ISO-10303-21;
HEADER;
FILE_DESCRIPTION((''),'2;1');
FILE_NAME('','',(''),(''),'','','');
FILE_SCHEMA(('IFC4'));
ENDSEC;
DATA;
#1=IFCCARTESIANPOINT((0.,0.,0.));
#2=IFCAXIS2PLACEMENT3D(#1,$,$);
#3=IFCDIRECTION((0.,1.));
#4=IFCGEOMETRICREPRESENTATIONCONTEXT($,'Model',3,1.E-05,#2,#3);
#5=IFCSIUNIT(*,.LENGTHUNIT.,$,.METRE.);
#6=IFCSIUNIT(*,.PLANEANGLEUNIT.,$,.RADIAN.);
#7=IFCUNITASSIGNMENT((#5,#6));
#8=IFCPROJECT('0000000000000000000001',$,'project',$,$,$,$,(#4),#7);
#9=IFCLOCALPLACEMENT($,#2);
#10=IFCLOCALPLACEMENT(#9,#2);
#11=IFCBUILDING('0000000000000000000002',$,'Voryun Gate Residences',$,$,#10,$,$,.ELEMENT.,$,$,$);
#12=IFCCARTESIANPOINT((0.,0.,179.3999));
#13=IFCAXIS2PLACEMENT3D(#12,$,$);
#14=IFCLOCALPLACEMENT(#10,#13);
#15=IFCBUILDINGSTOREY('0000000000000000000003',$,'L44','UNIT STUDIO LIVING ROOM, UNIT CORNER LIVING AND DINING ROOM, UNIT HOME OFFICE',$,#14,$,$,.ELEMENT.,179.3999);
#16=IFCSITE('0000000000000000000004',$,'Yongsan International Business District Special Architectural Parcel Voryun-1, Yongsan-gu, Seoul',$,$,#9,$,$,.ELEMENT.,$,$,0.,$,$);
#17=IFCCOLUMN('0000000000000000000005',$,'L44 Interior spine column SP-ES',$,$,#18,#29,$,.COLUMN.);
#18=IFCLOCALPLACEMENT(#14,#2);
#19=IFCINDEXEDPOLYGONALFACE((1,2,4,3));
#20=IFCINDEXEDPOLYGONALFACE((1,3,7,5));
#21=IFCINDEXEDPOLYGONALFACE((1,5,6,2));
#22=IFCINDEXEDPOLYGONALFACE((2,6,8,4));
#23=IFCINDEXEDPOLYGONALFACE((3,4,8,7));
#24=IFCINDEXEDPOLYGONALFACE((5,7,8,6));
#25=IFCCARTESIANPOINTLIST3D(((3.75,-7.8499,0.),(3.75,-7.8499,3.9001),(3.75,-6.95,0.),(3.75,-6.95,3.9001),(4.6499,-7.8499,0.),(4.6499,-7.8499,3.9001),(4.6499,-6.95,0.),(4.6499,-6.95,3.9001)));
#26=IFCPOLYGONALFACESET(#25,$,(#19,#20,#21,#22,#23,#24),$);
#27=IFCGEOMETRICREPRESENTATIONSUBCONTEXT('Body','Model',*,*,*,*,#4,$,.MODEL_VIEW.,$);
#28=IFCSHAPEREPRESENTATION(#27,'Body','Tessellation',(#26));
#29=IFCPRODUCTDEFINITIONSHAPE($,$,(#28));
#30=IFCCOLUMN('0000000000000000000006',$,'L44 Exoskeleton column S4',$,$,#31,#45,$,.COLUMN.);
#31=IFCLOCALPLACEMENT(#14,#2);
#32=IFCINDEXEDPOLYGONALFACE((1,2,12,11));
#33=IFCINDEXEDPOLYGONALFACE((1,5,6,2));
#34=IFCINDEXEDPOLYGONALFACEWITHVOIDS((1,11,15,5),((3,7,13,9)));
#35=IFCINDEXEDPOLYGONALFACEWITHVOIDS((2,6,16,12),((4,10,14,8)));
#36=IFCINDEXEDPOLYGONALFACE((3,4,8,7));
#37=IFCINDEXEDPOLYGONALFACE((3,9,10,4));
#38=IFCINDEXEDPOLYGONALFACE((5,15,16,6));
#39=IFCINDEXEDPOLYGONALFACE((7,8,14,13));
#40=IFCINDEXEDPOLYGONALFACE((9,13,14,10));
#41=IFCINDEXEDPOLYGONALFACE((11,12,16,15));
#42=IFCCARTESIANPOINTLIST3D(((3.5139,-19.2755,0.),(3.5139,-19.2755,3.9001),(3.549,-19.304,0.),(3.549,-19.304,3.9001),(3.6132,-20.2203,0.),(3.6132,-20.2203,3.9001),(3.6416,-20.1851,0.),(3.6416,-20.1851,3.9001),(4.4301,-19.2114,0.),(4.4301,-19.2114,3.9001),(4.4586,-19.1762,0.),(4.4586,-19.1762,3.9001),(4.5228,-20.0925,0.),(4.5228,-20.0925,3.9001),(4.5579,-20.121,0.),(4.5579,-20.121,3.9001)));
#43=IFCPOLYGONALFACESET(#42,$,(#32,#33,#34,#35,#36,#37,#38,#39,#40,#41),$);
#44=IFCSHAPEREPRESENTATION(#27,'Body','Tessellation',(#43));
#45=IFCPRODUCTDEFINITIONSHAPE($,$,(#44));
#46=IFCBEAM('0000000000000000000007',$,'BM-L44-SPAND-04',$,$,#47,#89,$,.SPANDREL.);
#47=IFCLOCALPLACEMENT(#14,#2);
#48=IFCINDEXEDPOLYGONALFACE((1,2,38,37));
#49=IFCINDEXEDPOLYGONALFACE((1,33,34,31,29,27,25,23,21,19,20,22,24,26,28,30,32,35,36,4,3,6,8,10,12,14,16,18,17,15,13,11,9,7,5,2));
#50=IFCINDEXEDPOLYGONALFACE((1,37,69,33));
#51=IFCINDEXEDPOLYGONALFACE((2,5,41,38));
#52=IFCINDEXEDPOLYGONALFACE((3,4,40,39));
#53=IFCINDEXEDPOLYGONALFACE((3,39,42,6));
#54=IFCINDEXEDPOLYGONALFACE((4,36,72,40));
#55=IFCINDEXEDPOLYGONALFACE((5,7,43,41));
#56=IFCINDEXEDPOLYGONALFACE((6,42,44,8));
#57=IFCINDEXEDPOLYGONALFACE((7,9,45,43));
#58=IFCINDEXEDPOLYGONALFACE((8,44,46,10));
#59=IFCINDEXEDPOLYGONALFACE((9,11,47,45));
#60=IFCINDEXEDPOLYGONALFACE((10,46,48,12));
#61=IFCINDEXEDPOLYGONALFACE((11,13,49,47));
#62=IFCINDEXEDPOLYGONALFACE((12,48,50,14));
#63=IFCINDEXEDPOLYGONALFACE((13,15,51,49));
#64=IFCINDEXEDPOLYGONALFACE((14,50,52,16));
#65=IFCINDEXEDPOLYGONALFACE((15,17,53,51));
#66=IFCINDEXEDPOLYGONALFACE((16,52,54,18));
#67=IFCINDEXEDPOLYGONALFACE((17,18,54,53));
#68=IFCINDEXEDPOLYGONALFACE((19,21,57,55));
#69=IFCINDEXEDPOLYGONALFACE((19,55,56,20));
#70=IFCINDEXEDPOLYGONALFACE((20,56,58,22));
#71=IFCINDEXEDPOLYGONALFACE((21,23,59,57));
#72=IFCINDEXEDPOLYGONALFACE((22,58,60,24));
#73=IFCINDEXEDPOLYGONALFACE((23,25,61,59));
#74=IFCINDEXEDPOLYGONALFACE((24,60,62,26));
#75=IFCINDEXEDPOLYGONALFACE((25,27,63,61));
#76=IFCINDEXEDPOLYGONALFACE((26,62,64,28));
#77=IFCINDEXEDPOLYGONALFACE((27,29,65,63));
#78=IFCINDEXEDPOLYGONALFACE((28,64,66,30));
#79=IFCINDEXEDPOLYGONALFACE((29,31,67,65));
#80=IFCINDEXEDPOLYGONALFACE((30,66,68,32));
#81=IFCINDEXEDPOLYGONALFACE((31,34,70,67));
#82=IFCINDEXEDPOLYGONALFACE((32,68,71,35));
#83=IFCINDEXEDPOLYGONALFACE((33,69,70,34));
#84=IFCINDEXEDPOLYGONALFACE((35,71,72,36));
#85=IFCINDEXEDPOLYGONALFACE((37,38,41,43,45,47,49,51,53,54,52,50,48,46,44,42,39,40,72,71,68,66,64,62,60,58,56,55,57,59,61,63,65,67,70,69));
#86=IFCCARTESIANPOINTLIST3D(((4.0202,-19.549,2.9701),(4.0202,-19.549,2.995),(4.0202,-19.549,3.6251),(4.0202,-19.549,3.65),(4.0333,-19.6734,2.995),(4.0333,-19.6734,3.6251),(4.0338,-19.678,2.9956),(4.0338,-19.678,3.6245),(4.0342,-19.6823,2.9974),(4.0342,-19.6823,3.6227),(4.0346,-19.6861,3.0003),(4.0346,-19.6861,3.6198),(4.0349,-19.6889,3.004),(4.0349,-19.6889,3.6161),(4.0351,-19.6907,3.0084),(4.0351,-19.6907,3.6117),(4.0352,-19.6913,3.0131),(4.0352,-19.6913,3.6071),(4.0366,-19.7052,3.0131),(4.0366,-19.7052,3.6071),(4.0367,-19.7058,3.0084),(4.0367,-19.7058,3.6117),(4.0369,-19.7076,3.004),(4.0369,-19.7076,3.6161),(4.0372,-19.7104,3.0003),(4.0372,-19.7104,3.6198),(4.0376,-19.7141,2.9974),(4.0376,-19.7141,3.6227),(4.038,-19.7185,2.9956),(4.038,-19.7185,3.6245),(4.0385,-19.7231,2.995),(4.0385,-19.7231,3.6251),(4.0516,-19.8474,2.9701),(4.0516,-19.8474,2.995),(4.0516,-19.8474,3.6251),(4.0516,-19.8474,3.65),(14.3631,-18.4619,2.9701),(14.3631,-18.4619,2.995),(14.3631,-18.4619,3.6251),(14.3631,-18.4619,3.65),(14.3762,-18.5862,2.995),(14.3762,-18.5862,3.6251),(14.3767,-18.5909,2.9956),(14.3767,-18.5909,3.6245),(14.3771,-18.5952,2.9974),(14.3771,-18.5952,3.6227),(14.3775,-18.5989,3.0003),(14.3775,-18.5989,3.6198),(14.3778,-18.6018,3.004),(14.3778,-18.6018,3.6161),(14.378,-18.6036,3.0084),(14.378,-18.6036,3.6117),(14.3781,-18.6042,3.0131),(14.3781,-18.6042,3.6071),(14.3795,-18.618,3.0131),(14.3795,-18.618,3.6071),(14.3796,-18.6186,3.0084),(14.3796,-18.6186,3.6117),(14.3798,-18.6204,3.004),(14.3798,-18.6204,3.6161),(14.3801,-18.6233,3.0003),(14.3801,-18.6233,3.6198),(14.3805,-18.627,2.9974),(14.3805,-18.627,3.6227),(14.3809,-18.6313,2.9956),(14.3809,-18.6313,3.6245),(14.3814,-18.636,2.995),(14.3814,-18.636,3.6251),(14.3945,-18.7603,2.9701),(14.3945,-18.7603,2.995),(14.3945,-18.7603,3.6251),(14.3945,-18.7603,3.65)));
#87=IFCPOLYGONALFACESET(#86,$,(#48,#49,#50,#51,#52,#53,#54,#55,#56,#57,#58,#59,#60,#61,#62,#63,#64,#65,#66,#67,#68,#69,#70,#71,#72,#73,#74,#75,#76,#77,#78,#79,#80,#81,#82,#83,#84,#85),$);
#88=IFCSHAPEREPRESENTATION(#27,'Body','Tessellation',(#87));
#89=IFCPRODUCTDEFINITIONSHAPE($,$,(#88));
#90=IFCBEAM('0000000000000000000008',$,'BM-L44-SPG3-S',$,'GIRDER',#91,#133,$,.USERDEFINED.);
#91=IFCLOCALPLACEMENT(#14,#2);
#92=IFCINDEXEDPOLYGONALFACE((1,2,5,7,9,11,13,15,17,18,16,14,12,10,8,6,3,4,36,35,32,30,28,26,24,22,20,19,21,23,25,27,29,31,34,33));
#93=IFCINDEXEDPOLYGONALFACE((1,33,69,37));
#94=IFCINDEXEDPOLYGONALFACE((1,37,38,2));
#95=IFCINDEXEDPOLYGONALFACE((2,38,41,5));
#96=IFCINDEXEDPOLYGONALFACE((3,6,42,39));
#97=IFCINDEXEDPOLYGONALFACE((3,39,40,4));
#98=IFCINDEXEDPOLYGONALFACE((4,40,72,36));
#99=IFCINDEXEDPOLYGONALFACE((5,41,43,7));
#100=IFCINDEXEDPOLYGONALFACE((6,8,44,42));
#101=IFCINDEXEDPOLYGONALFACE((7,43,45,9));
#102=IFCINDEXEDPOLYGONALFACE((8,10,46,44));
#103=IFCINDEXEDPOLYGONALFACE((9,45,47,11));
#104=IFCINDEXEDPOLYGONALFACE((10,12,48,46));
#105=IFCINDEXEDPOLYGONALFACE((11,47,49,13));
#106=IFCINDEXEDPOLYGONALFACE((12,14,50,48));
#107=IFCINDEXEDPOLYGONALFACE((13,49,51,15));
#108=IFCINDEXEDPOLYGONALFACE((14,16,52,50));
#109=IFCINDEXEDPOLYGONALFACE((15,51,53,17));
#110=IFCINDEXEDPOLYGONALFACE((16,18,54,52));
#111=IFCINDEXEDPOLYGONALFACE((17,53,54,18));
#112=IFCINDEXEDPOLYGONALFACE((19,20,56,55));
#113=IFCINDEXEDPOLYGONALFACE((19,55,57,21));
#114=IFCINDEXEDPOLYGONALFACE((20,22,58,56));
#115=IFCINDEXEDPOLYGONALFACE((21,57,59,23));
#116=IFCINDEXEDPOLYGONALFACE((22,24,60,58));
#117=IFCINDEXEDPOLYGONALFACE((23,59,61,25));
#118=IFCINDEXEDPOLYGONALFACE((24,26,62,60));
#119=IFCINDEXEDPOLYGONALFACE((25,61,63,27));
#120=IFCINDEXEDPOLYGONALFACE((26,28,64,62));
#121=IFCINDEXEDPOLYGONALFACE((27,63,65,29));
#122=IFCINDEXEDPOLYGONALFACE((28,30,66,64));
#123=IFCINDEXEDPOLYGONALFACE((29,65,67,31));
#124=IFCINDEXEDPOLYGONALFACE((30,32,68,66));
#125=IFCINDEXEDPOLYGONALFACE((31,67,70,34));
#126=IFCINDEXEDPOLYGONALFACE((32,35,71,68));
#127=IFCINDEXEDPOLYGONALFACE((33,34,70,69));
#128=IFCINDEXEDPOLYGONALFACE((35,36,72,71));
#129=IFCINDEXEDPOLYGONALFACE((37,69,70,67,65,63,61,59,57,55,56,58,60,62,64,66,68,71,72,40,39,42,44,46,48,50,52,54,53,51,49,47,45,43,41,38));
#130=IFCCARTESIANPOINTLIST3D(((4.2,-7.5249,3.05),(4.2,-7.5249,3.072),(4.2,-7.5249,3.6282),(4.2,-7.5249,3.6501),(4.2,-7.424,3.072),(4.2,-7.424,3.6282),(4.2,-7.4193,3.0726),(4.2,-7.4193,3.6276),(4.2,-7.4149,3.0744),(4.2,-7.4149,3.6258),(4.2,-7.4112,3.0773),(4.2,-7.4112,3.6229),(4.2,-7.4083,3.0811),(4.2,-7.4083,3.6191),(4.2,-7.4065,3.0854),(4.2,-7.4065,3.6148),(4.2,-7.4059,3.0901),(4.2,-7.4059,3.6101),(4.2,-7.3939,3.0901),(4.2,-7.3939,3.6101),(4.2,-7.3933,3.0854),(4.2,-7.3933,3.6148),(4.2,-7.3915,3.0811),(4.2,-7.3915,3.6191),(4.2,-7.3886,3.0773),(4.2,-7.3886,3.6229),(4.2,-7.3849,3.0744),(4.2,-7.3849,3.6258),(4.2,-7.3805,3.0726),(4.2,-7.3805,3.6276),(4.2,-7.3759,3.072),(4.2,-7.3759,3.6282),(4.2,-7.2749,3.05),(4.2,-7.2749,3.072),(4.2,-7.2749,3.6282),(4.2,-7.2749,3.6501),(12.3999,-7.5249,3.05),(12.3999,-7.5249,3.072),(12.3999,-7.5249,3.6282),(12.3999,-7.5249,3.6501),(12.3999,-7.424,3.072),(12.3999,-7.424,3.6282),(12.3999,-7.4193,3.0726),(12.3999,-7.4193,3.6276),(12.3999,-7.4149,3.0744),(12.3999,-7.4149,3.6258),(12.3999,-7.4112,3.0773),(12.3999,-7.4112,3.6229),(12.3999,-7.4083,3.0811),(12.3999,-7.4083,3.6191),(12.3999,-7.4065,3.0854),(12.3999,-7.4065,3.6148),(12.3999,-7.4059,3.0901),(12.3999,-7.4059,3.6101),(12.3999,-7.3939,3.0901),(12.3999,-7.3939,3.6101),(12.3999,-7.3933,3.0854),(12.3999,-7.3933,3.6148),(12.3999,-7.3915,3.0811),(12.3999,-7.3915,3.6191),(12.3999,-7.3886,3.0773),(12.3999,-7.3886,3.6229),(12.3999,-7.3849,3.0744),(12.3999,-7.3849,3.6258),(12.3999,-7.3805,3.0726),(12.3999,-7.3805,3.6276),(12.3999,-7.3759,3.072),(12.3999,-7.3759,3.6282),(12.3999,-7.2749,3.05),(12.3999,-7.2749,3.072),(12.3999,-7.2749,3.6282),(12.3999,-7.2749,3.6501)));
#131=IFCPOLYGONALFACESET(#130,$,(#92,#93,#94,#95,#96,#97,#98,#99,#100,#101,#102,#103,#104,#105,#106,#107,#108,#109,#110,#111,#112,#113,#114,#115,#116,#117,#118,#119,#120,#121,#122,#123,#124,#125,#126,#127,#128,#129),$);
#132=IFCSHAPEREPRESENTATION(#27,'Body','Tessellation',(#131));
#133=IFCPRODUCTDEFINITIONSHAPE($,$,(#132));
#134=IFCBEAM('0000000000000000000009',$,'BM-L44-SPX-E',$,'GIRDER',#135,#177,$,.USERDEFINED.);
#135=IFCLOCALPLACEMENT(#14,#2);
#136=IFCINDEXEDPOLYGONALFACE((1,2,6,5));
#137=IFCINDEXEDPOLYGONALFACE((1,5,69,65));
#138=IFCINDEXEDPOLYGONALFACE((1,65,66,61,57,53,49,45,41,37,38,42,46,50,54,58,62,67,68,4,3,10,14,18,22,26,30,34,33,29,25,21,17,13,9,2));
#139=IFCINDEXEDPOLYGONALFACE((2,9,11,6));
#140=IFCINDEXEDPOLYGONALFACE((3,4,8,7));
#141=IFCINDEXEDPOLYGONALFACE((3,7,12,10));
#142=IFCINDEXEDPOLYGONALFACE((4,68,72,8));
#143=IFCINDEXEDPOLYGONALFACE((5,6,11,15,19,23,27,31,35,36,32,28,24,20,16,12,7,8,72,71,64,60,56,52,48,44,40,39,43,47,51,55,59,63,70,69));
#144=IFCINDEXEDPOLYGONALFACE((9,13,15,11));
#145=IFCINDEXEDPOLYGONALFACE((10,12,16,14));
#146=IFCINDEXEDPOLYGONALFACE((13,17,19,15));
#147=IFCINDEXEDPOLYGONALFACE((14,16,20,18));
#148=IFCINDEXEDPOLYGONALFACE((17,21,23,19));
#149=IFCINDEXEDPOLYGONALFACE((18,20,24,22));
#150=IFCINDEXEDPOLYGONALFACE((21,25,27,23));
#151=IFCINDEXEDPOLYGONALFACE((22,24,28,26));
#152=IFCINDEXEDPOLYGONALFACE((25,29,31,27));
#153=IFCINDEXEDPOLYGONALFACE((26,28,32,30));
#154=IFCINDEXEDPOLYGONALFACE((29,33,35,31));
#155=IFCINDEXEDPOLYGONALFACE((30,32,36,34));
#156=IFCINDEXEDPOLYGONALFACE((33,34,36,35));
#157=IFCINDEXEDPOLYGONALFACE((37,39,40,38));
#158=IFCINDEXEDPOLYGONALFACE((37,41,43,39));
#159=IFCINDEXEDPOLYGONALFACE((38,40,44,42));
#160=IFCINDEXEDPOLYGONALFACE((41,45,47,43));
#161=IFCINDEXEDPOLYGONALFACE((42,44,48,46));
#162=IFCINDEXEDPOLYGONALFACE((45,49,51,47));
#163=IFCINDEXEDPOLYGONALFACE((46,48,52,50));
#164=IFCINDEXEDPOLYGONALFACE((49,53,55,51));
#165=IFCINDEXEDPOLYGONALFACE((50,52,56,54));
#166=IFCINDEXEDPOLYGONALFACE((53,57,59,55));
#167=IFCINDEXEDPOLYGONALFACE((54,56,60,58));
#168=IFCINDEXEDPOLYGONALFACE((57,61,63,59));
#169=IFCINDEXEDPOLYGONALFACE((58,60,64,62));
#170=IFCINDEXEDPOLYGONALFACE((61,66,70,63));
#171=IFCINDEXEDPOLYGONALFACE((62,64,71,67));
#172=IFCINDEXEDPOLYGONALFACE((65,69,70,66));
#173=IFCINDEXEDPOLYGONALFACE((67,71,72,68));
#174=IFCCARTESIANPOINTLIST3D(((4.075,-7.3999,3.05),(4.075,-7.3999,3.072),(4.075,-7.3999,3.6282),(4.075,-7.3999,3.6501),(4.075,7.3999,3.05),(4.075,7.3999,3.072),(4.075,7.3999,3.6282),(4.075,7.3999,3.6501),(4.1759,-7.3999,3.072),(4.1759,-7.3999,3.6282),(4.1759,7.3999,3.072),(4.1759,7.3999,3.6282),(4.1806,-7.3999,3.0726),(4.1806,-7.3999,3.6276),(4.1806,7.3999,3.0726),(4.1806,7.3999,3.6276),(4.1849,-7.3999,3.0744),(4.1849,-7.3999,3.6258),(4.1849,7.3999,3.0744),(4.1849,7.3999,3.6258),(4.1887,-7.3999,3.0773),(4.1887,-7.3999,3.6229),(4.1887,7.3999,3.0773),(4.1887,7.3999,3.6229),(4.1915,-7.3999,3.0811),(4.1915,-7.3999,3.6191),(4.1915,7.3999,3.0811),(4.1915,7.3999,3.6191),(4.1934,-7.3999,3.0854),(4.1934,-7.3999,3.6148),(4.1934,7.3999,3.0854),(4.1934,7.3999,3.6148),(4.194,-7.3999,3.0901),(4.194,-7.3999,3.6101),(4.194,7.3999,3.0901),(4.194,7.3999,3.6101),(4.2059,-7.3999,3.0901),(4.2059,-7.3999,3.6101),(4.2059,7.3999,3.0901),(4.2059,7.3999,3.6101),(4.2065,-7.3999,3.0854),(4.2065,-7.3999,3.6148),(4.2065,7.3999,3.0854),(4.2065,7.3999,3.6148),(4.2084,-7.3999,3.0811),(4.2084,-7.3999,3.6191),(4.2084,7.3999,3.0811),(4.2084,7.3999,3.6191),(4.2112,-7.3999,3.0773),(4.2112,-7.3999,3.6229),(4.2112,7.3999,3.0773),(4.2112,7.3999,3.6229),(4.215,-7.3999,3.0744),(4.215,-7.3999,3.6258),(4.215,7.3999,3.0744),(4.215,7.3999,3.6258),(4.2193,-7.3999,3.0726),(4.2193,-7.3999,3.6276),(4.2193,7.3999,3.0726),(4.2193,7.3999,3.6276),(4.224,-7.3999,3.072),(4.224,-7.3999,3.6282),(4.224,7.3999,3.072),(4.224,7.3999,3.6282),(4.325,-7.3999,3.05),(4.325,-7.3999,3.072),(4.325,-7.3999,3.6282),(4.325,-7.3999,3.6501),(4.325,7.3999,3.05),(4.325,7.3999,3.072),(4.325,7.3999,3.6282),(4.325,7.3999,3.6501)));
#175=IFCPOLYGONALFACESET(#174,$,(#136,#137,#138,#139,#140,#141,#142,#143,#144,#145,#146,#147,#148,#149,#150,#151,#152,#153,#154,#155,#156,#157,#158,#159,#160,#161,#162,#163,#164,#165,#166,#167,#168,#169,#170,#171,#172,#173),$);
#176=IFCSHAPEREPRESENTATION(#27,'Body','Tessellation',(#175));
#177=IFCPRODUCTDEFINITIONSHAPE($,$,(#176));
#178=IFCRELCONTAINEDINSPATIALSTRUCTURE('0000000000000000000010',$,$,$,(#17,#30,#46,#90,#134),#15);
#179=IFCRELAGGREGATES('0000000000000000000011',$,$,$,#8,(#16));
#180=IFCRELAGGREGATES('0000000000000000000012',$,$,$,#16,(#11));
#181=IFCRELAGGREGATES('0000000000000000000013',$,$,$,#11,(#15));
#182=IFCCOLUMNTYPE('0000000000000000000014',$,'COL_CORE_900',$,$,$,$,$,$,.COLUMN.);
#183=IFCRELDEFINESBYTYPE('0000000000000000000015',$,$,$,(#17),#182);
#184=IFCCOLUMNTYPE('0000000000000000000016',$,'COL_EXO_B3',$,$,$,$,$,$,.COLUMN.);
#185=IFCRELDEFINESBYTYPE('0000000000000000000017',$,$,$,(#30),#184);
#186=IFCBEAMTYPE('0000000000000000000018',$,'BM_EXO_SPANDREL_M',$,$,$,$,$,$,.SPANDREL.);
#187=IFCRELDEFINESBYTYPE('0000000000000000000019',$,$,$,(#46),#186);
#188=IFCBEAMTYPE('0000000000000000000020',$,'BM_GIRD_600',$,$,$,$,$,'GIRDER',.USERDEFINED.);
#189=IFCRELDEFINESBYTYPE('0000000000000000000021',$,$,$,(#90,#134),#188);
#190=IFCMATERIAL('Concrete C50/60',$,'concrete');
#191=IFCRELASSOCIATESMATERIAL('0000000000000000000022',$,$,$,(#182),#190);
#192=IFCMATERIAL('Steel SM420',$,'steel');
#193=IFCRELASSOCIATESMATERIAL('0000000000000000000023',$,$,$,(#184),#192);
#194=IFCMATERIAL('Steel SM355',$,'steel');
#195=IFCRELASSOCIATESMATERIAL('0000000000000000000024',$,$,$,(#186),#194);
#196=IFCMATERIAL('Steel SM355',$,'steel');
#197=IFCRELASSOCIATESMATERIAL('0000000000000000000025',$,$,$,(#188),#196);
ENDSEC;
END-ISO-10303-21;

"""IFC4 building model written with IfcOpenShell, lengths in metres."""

from ifc_helpers import new_model, si_unit, direction, frame, origin, origin_2d, place, context, subcontext, project, spatial, rectangle, hollow_rectangle, i_section, extrude, material, material_profile, profile_set, type_object, element, save


model = new_model("IFC4")

# Units and contexts
model_context = context("Model", 3, precision=1e-05, world=origin(), true_north=direction((0.0, 1.0)))
body_context = subcontext(model_context, "Body", "Model", "MODEL_VIEW")
ifc_project = project(units=[si_unit("LENGTHUNIT", "METRE"), si_unit("PLANEANGLEUNIT", "RADIAN")], contexts=[model_context])

# Site, building, storey
site_placement = place(None, origin())
site = spatial("IfcSite", under=ifc_project, at=site_placement, Name="Yongsan International Business District Special Architectural Parcel Voryun-1, Yongsan-gu, Seoul", CompositionType="ELEMENT", RefElevation=0.0)
building_placement = place(site_placement, origin())
building = spatial("IfcBuilding", under=site, at=building_placement, Name="Voryun Gate Residences", CompositionType="ELEMENT")
storey_placement = place(building_placement, frame((0.0, 0.0, 179.3999)))
storey = spatial("IfcBuildingStorey", under=building, at=storey_placement, Name="L44", Description="UNIT STUDIO LIVING ROOM, UNIT CORNER LIVING AND DINING ROOM, UNIT HOME OFFICE", CompositionType="ELEMENT", Elevation=179.3999)

# Columns
ifc_material_1 = material(Name="Concrete C50/60", Category="concrete")
ifc_material_profile_1 = material_profile(ifc_material_1, rectangle(XDim=0.8999, YDim=0.8999, at=origin_2d()), Name="RC-900x900")
ifc_profile_set_1 = profile_set([ifc_material_profile_1], Name="Concrete C50/60")
column_type_1 = type_object("IfcColumnType", Name="COL_CORE_900", PredefinedType="COLUMN", material=ifc_profile_set_1)
column_1_placement = place(storey_placement, frame((4.2, -7.3999, 0.0), z_axis=(0.0, 0.0, 1.0), x_axis=(1.0, 0.0, 0.0)))
element("IfcColumn", 1, at=column_1_placement, inside=storey, type_object=column_type_1, Name="L44 Interior spine column SP-ES", PredefinedType="COLUMN", context=body_context, shape_type="SweptSolid", body=[
    extrude(rectangle(XDim=0.8999, YDim=0.8999, at=origin_2d()), origin(), (0.0, 0.0, 1.0), 3.9001),
])
ifc_material_2 = material(Name="Steel SM420", Category="steel")
ifc_material_profile_2 = material_profile(ifc_material_2, hollow_rectangle(XDim=0.95, YDim=0.95, WallThickness=0.032, at=origin_2d()), Name="BOX-950x950x32")
ifc_profile_set_2 = profile_set([ifc_material_profile_2], Name="Steel SM420")
column_type_2 = type_object("IfcColumnType", Name="COL_EXO_B3", PredefinedType="COLUMN", material=ifc_profile_set_2)
column_2_placement = place(storey_placement, frame((4.0359, -19.6982, 0.0), z_axis=(0.0, 0.0, 1.0), x_axis=(0.994522, 0.104528, 0.0)))
element("IfcColumn", 2, at=column_2_placement, inside=storey, type_object=column_type_2, Name="L44 Exoskeleton column S4", PredefinedType="COLUMN", context=body_context, shape_type="SweptSolid", body=[
    extrude(hollow_rectangle(XDim=0.95, YDim=0.95, WallThickness=0.032, at=origin_2d()), origin(), (0.0, 0.0, 1.0), 3.9001),
])

# Beams
ifc_material_3 = material(Name="Steel SM355", Category="steel")
ifc_material_profile_3 = material_profile(ifc_material_3, i_section(OverallWidth=0.3, OverallDepth=0.6799, WebThickness=0.0139, FlangeThickness=0.0249, FilletRadius=0.0181, at=origin_2d()), Name="H-680x300x14x25")
ifc_profile_set_3 = profile_set([ifc_material_profile_3], Name="Steel SM355")
beam_type_1 = type_object("IfcBeamType", Name="BM_EXO_SPANDREL_M", PredefinedType="SPANDREL", material=ifc_profile_set_3)
beam_1_placement = place(storey_placement, frame((4.0359, -19.6982, 3.3101), z_axis=(0.994521, 0.104534, 0.0), x_axis=(-0.104534, 0.994521, 0.0)))
element("IfcBeam", 3, at=beam_1_placement, inside=storey, type_object=beam_type_1, Name="BM-L44-SPAND-04", PredefinedType="SPANDREL", context=body_context, shape_type="SweptSolid", body=[
    extrude(i_section(OverallWidth=0.3, OverallDepth=0.6799, WebThickness=0.0139, FlangeThickness=0.0249, FilletRadius=0.0181, at=origin_2d()), origin(), (0.0, 0.0, 1.0), 10.3999),
])
ifc_material_4 = material(Name="Steel SM355", Category="steel")
ifc_material_profile_4 = material_profile(ifc_material_4, i_section(OverallWidth=0.25, OverallDepth=0.6001, WebThickness=0.012, FlangeThickness=0.022, FilletRadius=0.0181, at=origin_2d()), Name="H-600x250x12x22")
ifc_profile_set_4 = profile_set([ifc_material_profile_4], Name="Steel SM355")
beam_type_2 = type_object("IfcBeamType", Name="BM_GIRD_600", ElementType="GIRDER", PredefinedType="USERDEFINED", material=ifc_profile_set_4)
beam_2_placement = place(storey_placement, frame((4.2, -7.3999, 3.3501), z_axis=(1.0, 0.0, 0.0), x_axis=(0.0, 1.0, 0.0)))
element("IfcBeam", 4, at=beam_2_placement, inside=storey, type_object=beam_type_2, Name="BM-L44-SPG3-S", ObjectType="GIRDER", PredefinedType="USERDEFINED", context=body_context, shape_type="SweptSolid", body=[
    extrude(i_section(OverallWidth=0.25, OverallDepth=0.6001, WebThickness=0.012, FlangeThickness=0.022, FilletRadius=0.0181, at=origin_2d()), origin(), (0.0, 0.0, 1.0), 8.2),
])
beam_3_placement = place(storey_placement, frame((4.2, -7.3999, 3.3501), z_axis=(0.0, 1.0, 0.0), x_axis=(-1.0, 0.0, 0.0)))
element("IfcBeam", 5, at=beam_3_placement, inside=storey, type_object=beam_type_2, Name="BM-L44-SPX-E", ObjectType="GIRDER", PredefinedType="USERDEFINED", context=body_context, shape_type="SweptSolid", body=[
    extrude(i_section(OverallWidth=0.25, OverallDepth=0.6001, WebThickness=0.012, FlangeThickness=0.022, FilletRadius=0.0181, at=origin_2d()), origin(), (0.0, 0.0, 1.0), 14.7998),
])

save(model, "model.ifc")
